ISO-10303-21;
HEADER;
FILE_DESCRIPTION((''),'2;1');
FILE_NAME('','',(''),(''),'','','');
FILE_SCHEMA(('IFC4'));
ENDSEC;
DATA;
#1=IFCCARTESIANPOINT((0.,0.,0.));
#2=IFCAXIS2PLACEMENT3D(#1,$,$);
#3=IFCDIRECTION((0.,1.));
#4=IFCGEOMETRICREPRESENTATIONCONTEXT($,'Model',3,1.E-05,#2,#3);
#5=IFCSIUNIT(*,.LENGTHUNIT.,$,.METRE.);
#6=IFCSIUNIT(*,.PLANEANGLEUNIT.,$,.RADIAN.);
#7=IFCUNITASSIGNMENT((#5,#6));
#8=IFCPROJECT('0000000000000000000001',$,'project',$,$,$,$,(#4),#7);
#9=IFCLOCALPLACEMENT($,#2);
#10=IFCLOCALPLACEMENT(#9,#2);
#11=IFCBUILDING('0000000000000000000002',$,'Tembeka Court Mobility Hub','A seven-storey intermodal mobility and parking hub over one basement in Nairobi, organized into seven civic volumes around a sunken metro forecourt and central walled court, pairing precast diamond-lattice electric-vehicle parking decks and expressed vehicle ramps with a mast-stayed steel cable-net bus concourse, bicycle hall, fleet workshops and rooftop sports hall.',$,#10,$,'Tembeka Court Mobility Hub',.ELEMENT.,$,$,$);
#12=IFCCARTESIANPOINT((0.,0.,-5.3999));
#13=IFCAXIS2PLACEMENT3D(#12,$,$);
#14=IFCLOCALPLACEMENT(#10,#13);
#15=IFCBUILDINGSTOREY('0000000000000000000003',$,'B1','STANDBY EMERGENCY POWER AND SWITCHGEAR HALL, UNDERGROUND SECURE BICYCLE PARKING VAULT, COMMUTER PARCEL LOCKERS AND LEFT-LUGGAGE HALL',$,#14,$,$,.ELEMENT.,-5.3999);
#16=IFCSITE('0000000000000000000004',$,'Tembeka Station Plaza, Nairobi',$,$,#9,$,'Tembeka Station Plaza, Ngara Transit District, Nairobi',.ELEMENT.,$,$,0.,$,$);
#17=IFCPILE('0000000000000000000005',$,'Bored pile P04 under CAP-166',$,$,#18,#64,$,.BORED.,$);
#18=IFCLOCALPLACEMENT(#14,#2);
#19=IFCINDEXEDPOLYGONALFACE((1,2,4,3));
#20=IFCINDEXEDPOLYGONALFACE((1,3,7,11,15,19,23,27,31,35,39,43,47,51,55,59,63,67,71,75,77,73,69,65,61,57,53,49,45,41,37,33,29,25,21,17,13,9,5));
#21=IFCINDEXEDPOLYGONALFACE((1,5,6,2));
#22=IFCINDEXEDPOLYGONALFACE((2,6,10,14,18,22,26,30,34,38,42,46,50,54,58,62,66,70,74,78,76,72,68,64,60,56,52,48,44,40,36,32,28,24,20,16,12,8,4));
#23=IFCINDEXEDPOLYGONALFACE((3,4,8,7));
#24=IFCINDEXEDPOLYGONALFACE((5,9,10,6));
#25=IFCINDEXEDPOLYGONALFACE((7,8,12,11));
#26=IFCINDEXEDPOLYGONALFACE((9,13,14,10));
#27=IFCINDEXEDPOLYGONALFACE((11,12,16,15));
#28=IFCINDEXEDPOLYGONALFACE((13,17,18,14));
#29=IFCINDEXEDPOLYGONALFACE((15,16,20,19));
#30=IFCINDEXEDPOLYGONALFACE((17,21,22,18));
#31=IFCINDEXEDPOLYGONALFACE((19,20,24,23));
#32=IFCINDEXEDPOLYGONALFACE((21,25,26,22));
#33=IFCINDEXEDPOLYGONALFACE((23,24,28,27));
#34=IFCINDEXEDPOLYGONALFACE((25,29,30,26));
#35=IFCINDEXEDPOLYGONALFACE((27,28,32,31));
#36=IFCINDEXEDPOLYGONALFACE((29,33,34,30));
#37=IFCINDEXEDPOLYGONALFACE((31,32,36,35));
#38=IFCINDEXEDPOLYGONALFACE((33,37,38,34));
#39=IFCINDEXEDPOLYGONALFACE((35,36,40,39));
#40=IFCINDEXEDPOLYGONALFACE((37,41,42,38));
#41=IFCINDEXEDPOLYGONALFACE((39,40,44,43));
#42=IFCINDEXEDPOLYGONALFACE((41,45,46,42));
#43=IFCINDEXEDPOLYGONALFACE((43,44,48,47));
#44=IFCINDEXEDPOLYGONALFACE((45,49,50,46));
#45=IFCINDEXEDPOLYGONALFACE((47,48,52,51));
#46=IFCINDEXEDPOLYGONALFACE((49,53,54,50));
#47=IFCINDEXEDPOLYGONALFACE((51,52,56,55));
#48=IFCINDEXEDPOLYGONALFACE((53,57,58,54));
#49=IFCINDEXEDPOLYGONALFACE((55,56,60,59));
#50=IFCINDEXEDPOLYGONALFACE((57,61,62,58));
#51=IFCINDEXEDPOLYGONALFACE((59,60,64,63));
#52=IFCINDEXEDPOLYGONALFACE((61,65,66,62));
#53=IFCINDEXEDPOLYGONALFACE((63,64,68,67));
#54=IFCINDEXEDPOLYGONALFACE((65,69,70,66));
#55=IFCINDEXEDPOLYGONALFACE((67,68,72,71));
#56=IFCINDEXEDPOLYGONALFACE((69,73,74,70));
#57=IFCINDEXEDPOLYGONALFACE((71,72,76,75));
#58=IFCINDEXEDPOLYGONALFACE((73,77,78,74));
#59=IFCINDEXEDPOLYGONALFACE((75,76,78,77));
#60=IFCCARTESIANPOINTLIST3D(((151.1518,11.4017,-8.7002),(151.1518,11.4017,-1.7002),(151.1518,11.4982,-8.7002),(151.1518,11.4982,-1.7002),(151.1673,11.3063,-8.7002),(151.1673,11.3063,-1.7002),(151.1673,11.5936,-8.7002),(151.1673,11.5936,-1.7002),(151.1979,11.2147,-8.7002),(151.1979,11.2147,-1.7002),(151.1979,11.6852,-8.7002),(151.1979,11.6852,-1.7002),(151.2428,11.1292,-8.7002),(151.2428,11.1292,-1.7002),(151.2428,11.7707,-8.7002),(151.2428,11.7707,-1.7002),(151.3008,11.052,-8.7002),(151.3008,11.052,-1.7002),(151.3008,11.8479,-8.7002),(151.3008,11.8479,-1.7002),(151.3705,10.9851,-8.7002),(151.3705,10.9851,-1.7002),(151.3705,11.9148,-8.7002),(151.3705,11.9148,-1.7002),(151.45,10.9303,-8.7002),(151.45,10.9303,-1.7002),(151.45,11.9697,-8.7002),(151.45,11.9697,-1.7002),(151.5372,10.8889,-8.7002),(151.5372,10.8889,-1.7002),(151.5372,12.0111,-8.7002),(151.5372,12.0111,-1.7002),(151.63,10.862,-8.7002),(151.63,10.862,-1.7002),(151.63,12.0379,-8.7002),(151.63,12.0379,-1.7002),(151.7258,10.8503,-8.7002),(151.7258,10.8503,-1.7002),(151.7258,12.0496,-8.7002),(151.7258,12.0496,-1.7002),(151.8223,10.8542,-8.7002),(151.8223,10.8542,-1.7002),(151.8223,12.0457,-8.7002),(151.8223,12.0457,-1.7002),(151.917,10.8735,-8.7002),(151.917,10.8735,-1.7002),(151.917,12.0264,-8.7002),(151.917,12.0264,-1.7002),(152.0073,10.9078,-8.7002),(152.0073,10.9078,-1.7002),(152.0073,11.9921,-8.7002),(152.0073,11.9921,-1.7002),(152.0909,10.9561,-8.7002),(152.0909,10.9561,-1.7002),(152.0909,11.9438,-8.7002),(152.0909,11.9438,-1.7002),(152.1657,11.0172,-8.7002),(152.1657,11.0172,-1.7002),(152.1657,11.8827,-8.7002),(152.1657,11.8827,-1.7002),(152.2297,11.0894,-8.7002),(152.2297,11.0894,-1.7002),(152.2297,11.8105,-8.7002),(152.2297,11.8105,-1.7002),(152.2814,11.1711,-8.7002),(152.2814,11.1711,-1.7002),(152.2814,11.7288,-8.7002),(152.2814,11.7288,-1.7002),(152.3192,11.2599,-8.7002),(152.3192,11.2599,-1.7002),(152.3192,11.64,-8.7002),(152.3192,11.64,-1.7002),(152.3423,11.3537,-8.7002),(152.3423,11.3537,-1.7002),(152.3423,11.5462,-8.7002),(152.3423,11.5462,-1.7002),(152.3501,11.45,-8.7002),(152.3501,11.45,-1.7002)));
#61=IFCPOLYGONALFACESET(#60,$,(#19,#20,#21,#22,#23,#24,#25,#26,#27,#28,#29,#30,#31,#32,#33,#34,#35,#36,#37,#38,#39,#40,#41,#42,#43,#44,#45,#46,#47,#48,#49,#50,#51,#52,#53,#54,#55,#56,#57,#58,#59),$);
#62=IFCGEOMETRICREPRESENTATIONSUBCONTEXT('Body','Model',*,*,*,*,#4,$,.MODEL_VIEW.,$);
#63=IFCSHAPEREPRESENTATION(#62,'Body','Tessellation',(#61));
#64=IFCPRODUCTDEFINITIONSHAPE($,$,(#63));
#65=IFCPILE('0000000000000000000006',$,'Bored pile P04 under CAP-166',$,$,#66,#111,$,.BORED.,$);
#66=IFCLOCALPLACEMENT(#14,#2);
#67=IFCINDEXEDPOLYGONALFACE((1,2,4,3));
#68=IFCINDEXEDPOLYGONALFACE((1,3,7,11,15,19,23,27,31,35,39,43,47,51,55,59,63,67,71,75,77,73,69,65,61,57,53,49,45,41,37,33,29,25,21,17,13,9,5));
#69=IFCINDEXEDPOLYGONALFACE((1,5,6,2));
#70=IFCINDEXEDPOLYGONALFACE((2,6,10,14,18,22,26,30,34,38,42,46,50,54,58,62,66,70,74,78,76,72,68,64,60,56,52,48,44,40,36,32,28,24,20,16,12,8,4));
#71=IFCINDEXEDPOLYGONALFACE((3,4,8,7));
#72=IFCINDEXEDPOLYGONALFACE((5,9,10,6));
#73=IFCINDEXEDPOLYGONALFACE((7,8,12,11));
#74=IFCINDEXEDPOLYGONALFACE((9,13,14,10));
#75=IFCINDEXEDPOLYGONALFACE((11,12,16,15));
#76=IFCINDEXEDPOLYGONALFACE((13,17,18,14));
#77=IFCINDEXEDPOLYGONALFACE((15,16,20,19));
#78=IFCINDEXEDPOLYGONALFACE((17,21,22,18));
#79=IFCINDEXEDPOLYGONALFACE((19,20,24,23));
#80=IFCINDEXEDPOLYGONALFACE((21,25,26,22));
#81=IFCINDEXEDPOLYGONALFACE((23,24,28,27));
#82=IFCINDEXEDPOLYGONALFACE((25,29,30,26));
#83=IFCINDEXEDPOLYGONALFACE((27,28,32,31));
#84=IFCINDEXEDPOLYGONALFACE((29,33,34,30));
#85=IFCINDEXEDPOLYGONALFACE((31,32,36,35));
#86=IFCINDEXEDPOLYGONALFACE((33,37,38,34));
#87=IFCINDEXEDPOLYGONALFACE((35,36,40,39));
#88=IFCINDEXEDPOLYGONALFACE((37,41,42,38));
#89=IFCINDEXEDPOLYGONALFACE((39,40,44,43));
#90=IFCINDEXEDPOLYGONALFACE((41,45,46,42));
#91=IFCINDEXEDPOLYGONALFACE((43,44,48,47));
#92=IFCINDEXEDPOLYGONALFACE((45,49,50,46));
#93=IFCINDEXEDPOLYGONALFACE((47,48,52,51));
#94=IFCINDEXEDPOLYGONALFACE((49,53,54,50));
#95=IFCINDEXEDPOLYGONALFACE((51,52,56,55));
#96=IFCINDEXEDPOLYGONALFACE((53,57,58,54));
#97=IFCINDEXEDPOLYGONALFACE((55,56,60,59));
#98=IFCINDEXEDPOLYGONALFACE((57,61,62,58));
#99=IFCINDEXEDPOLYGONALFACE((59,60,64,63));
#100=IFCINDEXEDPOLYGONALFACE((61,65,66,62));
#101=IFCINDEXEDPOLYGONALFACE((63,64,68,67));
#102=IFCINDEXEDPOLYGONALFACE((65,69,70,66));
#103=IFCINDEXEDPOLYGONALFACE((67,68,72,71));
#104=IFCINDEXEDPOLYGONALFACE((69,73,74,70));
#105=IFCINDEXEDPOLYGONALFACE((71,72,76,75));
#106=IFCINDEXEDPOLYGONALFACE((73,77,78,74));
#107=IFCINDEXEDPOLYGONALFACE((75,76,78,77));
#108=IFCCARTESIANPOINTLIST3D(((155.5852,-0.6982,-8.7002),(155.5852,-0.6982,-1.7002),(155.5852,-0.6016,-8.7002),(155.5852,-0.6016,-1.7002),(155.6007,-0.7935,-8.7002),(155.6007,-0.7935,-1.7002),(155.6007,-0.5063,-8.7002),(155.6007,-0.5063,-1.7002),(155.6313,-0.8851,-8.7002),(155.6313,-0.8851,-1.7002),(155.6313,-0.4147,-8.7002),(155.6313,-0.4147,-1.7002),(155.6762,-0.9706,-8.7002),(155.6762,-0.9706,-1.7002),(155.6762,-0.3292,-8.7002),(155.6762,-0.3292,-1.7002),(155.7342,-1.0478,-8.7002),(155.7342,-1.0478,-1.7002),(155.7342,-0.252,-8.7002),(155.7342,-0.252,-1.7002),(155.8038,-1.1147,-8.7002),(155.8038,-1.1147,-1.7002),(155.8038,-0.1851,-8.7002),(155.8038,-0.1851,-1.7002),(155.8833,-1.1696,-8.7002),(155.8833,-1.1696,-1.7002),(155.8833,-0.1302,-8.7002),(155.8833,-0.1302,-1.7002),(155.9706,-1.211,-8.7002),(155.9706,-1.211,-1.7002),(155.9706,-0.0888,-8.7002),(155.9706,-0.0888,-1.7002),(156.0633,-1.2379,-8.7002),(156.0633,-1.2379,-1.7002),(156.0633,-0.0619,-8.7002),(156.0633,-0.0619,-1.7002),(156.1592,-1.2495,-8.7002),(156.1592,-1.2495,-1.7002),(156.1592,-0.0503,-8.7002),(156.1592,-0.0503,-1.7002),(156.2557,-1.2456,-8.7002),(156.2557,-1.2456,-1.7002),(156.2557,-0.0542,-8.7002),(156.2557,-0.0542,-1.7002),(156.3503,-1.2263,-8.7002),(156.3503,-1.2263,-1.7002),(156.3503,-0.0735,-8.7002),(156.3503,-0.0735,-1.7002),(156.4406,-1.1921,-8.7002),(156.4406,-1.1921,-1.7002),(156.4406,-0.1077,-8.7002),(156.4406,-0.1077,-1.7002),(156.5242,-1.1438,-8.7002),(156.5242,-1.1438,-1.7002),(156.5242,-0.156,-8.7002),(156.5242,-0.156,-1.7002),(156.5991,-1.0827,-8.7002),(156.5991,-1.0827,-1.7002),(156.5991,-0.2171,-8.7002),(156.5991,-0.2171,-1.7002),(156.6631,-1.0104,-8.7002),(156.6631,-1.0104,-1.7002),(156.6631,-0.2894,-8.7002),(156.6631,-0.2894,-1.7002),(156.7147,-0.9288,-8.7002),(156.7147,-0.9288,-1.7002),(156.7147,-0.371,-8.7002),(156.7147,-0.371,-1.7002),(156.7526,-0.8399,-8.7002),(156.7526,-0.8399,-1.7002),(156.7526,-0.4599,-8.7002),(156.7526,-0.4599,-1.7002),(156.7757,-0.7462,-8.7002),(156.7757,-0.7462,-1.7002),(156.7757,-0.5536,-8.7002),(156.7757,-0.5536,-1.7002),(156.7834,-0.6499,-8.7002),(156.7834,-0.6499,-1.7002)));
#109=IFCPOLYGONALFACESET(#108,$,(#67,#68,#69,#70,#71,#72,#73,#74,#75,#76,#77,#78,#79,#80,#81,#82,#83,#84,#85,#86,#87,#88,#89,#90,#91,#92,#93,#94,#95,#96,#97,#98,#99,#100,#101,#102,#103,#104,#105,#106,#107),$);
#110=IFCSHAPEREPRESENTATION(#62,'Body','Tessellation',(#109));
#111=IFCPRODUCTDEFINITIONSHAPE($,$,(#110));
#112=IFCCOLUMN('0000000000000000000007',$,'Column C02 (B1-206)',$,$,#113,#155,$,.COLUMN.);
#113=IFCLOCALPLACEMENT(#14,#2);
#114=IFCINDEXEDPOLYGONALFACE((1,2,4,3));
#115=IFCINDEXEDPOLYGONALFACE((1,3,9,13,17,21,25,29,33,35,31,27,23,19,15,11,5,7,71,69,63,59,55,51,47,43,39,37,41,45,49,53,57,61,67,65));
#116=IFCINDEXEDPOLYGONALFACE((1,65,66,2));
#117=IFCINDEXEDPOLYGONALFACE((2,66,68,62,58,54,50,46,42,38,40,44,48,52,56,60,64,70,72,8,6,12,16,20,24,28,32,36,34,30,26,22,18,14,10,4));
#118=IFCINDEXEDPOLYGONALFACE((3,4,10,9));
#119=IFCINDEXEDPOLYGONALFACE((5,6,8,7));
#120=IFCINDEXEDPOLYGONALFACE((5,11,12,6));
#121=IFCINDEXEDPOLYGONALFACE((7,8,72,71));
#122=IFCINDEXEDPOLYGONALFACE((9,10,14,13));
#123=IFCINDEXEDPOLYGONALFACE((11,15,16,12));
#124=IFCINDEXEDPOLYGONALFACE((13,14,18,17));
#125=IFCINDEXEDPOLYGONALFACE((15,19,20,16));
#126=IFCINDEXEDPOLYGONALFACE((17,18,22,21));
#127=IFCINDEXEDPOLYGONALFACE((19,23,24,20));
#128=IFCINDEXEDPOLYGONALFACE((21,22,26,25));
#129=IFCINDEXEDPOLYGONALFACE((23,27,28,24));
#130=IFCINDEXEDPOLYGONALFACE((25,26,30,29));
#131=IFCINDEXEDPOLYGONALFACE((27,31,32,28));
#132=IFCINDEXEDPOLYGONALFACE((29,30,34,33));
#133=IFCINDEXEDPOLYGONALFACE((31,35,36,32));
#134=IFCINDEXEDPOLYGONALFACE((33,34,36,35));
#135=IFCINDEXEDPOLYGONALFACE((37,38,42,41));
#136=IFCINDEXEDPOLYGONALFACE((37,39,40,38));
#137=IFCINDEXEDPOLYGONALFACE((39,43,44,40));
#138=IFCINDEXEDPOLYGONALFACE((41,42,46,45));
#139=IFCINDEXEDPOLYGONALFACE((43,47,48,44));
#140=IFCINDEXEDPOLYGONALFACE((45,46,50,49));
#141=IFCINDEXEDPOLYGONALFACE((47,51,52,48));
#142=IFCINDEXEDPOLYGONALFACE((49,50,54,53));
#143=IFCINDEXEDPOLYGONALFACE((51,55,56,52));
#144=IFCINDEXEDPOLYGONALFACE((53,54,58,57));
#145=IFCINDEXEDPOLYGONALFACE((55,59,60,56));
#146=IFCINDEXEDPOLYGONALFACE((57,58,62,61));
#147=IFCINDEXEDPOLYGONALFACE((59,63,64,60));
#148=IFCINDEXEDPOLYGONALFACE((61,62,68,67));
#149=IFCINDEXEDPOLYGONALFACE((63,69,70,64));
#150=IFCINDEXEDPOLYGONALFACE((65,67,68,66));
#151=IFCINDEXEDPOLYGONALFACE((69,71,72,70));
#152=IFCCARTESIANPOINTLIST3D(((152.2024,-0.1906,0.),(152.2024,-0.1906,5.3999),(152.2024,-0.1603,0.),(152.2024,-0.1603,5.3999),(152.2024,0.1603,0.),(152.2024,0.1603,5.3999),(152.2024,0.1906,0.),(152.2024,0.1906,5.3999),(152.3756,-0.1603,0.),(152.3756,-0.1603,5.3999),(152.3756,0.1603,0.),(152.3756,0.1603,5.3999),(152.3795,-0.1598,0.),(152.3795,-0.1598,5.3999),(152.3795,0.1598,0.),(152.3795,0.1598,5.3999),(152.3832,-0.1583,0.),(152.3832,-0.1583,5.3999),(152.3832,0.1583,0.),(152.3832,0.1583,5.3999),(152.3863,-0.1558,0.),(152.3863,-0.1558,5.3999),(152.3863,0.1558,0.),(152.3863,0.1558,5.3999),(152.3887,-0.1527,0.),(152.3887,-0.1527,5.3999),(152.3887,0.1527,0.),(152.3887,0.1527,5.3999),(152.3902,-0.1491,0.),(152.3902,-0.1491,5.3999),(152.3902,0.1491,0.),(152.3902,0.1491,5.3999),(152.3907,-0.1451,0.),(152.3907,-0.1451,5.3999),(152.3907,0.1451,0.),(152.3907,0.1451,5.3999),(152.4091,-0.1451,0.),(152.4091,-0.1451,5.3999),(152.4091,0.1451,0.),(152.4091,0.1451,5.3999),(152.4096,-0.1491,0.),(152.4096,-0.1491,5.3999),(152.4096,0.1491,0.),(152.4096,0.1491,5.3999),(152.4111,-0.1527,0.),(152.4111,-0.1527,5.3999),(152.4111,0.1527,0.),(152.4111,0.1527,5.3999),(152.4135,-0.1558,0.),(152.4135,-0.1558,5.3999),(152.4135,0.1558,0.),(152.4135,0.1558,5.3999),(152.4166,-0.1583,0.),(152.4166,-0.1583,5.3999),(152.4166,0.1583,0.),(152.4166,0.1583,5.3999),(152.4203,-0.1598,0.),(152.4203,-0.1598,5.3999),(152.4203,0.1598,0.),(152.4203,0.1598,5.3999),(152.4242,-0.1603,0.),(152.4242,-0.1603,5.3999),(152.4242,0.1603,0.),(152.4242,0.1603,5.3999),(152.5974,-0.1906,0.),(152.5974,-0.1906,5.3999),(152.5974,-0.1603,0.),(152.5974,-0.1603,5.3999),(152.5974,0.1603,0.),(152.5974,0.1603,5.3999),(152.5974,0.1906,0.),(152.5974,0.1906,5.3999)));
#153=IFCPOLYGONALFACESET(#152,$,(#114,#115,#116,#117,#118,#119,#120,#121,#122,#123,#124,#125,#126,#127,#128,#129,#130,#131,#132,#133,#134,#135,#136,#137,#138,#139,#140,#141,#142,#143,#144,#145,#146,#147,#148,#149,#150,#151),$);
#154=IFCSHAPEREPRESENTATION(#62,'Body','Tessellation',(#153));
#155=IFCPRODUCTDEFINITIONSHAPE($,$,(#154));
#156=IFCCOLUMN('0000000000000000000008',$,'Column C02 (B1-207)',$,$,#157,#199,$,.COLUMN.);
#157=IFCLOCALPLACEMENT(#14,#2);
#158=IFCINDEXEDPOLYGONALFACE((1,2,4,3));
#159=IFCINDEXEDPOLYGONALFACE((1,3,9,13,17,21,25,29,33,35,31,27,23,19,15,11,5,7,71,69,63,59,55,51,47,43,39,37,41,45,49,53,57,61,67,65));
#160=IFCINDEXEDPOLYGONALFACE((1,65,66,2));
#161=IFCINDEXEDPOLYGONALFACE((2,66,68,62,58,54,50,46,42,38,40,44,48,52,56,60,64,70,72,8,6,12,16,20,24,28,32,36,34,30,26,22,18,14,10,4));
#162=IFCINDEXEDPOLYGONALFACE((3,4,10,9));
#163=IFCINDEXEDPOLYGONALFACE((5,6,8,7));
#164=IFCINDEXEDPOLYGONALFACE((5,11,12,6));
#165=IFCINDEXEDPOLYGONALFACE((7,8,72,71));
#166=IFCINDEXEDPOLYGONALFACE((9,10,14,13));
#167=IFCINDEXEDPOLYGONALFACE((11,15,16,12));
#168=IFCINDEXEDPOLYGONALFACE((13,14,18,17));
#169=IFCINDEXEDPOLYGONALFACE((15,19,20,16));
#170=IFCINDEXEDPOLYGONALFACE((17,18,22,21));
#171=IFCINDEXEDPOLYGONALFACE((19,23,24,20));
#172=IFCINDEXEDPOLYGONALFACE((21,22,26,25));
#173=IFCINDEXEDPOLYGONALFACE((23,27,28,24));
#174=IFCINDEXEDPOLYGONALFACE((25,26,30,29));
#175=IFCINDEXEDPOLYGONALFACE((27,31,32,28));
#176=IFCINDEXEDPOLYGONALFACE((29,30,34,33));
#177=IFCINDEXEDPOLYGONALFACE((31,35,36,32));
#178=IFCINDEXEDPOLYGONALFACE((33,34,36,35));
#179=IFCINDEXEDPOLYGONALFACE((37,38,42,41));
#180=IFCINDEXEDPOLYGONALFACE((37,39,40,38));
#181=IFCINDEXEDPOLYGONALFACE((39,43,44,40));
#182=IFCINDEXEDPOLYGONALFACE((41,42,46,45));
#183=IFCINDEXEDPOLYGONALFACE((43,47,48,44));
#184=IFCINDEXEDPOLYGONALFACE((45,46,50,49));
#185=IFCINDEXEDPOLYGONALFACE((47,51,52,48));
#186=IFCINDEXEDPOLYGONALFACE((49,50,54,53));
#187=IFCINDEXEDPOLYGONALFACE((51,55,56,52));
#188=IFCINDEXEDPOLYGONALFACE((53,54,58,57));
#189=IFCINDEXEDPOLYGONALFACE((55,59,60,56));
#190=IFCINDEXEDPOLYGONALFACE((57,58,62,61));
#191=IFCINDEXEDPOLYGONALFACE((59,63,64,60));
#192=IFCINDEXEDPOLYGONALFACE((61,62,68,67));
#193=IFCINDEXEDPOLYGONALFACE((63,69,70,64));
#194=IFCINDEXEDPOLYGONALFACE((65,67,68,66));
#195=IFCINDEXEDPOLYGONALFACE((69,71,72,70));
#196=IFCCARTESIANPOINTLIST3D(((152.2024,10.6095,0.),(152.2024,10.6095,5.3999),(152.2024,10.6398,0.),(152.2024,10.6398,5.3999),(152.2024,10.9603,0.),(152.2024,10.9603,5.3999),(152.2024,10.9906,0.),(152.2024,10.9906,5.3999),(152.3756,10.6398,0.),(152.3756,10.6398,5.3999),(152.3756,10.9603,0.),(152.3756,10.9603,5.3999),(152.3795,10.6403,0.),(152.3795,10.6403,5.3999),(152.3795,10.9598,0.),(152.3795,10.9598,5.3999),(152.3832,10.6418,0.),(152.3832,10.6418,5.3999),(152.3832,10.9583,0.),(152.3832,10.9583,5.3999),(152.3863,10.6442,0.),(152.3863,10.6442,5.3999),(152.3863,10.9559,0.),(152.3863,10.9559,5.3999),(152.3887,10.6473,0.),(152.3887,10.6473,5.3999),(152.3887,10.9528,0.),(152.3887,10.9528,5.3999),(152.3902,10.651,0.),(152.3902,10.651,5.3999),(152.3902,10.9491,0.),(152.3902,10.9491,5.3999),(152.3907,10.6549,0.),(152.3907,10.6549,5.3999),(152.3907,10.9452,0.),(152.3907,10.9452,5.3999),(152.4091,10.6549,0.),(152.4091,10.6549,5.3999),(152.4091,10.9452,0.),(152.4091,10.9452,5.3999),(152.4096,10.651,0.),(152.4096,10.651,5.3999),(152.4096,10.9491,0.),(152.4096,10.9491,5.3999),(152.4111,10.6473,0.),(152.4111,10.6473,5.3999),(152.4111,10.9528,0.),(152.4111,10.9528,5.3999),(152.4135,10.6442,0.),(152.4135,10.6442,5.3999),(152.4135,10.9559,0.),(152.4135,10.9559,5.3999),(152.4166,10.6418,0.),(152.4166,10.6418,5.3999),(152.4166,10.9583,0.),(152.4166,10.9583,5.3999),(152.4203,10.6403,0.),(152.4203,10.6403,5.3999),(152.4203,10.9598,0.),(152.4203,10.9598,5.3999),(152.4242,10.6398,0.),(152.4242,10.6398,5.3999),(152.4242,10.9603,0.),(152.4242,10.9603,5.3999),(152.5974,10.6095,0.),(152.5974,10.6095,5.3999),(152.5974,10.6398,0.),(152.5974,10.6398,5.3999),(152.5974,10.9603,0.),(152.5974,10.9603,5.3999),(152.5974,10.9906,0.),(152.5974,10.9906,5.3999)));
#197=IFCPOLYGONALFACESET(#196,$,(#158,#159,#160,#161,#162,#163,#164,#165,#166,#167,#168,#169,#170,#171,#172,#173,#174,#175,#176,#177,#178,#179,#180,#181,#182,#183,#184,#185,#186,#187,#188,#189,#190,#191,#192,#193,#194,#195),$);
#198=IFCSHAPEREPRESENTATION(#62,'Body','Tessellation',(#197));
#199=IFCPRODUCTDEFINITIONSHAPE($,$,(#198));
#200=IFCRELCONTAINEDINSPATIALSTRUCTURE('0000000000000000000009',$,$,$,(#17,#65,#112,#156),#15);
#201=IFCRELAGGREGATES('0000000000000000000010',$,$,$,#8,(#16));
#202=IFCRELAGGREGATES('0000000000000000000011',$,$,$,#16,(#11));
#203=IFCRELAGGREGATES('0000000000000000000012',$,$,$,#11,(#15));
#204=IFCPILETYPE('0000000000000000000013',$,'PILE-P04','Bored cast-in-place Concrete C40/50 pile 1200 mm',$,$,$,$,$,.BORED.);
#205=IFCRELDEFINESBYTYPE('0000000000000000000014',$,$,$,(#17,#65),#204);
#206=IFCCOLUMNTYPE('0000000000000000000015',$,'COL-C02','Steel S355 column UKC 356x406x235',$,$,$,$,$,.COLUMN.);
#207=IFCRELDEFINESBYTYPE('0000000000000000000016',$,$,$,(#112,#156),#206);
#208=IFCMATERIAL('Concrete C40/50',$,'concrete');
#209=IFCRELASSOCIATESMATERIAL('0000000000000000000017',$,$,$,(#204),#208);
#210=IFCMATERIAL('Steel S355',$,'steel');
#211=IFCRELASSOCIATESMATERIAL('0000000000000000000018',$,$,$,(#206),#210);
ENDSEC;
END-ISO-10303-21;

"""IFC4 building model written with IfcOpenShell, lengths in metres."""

from ifc_helpers import new_model, si_unit, direction, frame, origin, origin_2d, place, context, subcontext, project, spatial, circle, i_section, extrude, material, material_profile, profile_set, type_object, element, save


model = new_model("IFC4")

# Units and contexts
model_context = context("Model", 3, precision=1e-05, world=origin(), true_north=direction((0.0, 1.0)))
body_context = subcontext(model_context, "Body", "Model", "MODEL_VIEW")
ifc_project = project(units=[si_unit("LENGTHUNIT", "METRE"), si_unit("PLANEANGLEUNIT", "RADIAN")], contexts=[model_context])

# Site, building, storey
site_placement = place(None, origin())
site = spatial("IfcSite", under=ifc_project, at=site_placement, Name="Tembeka Station Plaza, Nairobi", LongName="Tembeka Station Plaza, Ngara Transit District, Nairobi", CompositionType="ELEMENT", RefElevation=0.0)
building_placement = place(site_placement, origin())
building = spatial("IfcBuilding", under=site, at=building_placement, Name="Tembeka Court Mobility Hub", Description="A seven-storey intermodal mobility and parking hub over one basement in Nairobi, organized into seven civic volumes around a sunken metro forecourt and central walled court, pairing precast diamond-lattice electric-vehicle parking decks and expressed vehicle ramps with a mast-stayed steel cable-net bus concourse, bicycle hall, fleet workshops and rooftop sports hall.", LongName="Tembeka Court Mobility Hub", CompositionType="ELEMENT")
storey_placement = place(building_placement, frame((0.0, 0.0, -5.3999)))
storey = spatial("IfcBuildingStorey", under=building, at=storey_placement, Name="B1", Description="STANDBY EMERGENCY POWER AND SWITCHGEAR HALL, UNDERGROUND SECURE BICYCLE PARKING VAULT, COMMUTER PARCEL LOCKERS AND LEFT-LUGGAGE HALL", CompositionType="ELEMENT", Elevation=-5.3999)

# Shared definitions
ifc_material_1 = material(Name="Concrete C40/50", Category="concrete")

# Piles
ifc_material_profile_1 = material_profile(ifc_material_1, circle(Radius=0.6001, at=origin_2d()), Name="PILE D1200")
ifc_profile_set_1 = profile_set([ifc_material_profile_1], Name="Concrete C40/50")
pile_type = type_object("IfcPileType", Name="PILE-P04", Description="Bored cast-in-place Concrete C40/50 pile 1200 mm", PredefinedType="BORED", material=ifc_profile_set_1)
for number, where, z_axis, x_axis, name in (
    (1, (151.75, 11.45, -1.7002), (0.0, 0.0, -1.0), (1.0, 0.0, 0.0), "Bored pile P04 under CAP-166"),
    (2, (156.1833, -0.6499, -1.7002), (0.0, 0.0, -1.0), (1.0, 0.0, 0.0), "Bored pile P04 under CAP-166"),
):
    element("IfcPile", number, at=place(storey_placement, frame(where, z_axis=z_axis, x_axis=x_axis)), inside=storey, type_object=pile_type, Name=name, PredefinedType="BORED", context=body_context, shape_type="SweptSolid", body=[
        extrude(circle(Radius=0.6001, at=origin_2d()), origin(), (0.0, 0.0, 1.0), 7.0),
    ])

# Columns
ifc_material_2 = material(Name="Steel S355", Category="steel")
ifc_material_profile_2 = material_profile(ifc_material_2, i_section(OverallWidth=0.395, OverallDepth=0.3811, WebThickness=0.0183, FlangeThickness=0.0303, FilletRadius=0.0151, at=origin_2d()), Name="UKC 356x406x235")
ifc_profile_set_2 = profile_set([ifc_material_profile_2], Name="Steel S355")
column_type = type_object("IfcColumnType", Name="COL-C02", Description="Steel S355 column UKC 356x406x235", PredefinedType="COLUMN", material=ifc_profile_set_2)
for number, where, z_axis, x_axis, name in (
    (3, (152.3999, 0.0, 0.0), (0.0, 0.0, 1.0), (1.0, 0.0, 0.0), "Column C02 (B1-206)"),
    (4, (152.3999, 10.8, 0.0), (0.0, 0.0, 1.0), (1.0, 0.0, 0.0), "Column C02 (B1-207)"),
):
    element("IfcColumn", number, at=place(storey_placement, frame(where, z_axis=z_axis, x_axis=x_axis)), inside=storey, type_object=column_type, Name=name, PredefinedType="COLUMN", context=body_context, shape_type="SweptSolid", body=[
        extrude(i_section(OverallWidth=0.395, OverallDepth=0.3811, WebThickness=0.0183, FlangeThickness=0.0303, FilletRadius=0.0151, at=origin_2d()), origin(), (0.0, 0.0, 1.0), 5.3999),
    ])

save(model, "model.ifc")
